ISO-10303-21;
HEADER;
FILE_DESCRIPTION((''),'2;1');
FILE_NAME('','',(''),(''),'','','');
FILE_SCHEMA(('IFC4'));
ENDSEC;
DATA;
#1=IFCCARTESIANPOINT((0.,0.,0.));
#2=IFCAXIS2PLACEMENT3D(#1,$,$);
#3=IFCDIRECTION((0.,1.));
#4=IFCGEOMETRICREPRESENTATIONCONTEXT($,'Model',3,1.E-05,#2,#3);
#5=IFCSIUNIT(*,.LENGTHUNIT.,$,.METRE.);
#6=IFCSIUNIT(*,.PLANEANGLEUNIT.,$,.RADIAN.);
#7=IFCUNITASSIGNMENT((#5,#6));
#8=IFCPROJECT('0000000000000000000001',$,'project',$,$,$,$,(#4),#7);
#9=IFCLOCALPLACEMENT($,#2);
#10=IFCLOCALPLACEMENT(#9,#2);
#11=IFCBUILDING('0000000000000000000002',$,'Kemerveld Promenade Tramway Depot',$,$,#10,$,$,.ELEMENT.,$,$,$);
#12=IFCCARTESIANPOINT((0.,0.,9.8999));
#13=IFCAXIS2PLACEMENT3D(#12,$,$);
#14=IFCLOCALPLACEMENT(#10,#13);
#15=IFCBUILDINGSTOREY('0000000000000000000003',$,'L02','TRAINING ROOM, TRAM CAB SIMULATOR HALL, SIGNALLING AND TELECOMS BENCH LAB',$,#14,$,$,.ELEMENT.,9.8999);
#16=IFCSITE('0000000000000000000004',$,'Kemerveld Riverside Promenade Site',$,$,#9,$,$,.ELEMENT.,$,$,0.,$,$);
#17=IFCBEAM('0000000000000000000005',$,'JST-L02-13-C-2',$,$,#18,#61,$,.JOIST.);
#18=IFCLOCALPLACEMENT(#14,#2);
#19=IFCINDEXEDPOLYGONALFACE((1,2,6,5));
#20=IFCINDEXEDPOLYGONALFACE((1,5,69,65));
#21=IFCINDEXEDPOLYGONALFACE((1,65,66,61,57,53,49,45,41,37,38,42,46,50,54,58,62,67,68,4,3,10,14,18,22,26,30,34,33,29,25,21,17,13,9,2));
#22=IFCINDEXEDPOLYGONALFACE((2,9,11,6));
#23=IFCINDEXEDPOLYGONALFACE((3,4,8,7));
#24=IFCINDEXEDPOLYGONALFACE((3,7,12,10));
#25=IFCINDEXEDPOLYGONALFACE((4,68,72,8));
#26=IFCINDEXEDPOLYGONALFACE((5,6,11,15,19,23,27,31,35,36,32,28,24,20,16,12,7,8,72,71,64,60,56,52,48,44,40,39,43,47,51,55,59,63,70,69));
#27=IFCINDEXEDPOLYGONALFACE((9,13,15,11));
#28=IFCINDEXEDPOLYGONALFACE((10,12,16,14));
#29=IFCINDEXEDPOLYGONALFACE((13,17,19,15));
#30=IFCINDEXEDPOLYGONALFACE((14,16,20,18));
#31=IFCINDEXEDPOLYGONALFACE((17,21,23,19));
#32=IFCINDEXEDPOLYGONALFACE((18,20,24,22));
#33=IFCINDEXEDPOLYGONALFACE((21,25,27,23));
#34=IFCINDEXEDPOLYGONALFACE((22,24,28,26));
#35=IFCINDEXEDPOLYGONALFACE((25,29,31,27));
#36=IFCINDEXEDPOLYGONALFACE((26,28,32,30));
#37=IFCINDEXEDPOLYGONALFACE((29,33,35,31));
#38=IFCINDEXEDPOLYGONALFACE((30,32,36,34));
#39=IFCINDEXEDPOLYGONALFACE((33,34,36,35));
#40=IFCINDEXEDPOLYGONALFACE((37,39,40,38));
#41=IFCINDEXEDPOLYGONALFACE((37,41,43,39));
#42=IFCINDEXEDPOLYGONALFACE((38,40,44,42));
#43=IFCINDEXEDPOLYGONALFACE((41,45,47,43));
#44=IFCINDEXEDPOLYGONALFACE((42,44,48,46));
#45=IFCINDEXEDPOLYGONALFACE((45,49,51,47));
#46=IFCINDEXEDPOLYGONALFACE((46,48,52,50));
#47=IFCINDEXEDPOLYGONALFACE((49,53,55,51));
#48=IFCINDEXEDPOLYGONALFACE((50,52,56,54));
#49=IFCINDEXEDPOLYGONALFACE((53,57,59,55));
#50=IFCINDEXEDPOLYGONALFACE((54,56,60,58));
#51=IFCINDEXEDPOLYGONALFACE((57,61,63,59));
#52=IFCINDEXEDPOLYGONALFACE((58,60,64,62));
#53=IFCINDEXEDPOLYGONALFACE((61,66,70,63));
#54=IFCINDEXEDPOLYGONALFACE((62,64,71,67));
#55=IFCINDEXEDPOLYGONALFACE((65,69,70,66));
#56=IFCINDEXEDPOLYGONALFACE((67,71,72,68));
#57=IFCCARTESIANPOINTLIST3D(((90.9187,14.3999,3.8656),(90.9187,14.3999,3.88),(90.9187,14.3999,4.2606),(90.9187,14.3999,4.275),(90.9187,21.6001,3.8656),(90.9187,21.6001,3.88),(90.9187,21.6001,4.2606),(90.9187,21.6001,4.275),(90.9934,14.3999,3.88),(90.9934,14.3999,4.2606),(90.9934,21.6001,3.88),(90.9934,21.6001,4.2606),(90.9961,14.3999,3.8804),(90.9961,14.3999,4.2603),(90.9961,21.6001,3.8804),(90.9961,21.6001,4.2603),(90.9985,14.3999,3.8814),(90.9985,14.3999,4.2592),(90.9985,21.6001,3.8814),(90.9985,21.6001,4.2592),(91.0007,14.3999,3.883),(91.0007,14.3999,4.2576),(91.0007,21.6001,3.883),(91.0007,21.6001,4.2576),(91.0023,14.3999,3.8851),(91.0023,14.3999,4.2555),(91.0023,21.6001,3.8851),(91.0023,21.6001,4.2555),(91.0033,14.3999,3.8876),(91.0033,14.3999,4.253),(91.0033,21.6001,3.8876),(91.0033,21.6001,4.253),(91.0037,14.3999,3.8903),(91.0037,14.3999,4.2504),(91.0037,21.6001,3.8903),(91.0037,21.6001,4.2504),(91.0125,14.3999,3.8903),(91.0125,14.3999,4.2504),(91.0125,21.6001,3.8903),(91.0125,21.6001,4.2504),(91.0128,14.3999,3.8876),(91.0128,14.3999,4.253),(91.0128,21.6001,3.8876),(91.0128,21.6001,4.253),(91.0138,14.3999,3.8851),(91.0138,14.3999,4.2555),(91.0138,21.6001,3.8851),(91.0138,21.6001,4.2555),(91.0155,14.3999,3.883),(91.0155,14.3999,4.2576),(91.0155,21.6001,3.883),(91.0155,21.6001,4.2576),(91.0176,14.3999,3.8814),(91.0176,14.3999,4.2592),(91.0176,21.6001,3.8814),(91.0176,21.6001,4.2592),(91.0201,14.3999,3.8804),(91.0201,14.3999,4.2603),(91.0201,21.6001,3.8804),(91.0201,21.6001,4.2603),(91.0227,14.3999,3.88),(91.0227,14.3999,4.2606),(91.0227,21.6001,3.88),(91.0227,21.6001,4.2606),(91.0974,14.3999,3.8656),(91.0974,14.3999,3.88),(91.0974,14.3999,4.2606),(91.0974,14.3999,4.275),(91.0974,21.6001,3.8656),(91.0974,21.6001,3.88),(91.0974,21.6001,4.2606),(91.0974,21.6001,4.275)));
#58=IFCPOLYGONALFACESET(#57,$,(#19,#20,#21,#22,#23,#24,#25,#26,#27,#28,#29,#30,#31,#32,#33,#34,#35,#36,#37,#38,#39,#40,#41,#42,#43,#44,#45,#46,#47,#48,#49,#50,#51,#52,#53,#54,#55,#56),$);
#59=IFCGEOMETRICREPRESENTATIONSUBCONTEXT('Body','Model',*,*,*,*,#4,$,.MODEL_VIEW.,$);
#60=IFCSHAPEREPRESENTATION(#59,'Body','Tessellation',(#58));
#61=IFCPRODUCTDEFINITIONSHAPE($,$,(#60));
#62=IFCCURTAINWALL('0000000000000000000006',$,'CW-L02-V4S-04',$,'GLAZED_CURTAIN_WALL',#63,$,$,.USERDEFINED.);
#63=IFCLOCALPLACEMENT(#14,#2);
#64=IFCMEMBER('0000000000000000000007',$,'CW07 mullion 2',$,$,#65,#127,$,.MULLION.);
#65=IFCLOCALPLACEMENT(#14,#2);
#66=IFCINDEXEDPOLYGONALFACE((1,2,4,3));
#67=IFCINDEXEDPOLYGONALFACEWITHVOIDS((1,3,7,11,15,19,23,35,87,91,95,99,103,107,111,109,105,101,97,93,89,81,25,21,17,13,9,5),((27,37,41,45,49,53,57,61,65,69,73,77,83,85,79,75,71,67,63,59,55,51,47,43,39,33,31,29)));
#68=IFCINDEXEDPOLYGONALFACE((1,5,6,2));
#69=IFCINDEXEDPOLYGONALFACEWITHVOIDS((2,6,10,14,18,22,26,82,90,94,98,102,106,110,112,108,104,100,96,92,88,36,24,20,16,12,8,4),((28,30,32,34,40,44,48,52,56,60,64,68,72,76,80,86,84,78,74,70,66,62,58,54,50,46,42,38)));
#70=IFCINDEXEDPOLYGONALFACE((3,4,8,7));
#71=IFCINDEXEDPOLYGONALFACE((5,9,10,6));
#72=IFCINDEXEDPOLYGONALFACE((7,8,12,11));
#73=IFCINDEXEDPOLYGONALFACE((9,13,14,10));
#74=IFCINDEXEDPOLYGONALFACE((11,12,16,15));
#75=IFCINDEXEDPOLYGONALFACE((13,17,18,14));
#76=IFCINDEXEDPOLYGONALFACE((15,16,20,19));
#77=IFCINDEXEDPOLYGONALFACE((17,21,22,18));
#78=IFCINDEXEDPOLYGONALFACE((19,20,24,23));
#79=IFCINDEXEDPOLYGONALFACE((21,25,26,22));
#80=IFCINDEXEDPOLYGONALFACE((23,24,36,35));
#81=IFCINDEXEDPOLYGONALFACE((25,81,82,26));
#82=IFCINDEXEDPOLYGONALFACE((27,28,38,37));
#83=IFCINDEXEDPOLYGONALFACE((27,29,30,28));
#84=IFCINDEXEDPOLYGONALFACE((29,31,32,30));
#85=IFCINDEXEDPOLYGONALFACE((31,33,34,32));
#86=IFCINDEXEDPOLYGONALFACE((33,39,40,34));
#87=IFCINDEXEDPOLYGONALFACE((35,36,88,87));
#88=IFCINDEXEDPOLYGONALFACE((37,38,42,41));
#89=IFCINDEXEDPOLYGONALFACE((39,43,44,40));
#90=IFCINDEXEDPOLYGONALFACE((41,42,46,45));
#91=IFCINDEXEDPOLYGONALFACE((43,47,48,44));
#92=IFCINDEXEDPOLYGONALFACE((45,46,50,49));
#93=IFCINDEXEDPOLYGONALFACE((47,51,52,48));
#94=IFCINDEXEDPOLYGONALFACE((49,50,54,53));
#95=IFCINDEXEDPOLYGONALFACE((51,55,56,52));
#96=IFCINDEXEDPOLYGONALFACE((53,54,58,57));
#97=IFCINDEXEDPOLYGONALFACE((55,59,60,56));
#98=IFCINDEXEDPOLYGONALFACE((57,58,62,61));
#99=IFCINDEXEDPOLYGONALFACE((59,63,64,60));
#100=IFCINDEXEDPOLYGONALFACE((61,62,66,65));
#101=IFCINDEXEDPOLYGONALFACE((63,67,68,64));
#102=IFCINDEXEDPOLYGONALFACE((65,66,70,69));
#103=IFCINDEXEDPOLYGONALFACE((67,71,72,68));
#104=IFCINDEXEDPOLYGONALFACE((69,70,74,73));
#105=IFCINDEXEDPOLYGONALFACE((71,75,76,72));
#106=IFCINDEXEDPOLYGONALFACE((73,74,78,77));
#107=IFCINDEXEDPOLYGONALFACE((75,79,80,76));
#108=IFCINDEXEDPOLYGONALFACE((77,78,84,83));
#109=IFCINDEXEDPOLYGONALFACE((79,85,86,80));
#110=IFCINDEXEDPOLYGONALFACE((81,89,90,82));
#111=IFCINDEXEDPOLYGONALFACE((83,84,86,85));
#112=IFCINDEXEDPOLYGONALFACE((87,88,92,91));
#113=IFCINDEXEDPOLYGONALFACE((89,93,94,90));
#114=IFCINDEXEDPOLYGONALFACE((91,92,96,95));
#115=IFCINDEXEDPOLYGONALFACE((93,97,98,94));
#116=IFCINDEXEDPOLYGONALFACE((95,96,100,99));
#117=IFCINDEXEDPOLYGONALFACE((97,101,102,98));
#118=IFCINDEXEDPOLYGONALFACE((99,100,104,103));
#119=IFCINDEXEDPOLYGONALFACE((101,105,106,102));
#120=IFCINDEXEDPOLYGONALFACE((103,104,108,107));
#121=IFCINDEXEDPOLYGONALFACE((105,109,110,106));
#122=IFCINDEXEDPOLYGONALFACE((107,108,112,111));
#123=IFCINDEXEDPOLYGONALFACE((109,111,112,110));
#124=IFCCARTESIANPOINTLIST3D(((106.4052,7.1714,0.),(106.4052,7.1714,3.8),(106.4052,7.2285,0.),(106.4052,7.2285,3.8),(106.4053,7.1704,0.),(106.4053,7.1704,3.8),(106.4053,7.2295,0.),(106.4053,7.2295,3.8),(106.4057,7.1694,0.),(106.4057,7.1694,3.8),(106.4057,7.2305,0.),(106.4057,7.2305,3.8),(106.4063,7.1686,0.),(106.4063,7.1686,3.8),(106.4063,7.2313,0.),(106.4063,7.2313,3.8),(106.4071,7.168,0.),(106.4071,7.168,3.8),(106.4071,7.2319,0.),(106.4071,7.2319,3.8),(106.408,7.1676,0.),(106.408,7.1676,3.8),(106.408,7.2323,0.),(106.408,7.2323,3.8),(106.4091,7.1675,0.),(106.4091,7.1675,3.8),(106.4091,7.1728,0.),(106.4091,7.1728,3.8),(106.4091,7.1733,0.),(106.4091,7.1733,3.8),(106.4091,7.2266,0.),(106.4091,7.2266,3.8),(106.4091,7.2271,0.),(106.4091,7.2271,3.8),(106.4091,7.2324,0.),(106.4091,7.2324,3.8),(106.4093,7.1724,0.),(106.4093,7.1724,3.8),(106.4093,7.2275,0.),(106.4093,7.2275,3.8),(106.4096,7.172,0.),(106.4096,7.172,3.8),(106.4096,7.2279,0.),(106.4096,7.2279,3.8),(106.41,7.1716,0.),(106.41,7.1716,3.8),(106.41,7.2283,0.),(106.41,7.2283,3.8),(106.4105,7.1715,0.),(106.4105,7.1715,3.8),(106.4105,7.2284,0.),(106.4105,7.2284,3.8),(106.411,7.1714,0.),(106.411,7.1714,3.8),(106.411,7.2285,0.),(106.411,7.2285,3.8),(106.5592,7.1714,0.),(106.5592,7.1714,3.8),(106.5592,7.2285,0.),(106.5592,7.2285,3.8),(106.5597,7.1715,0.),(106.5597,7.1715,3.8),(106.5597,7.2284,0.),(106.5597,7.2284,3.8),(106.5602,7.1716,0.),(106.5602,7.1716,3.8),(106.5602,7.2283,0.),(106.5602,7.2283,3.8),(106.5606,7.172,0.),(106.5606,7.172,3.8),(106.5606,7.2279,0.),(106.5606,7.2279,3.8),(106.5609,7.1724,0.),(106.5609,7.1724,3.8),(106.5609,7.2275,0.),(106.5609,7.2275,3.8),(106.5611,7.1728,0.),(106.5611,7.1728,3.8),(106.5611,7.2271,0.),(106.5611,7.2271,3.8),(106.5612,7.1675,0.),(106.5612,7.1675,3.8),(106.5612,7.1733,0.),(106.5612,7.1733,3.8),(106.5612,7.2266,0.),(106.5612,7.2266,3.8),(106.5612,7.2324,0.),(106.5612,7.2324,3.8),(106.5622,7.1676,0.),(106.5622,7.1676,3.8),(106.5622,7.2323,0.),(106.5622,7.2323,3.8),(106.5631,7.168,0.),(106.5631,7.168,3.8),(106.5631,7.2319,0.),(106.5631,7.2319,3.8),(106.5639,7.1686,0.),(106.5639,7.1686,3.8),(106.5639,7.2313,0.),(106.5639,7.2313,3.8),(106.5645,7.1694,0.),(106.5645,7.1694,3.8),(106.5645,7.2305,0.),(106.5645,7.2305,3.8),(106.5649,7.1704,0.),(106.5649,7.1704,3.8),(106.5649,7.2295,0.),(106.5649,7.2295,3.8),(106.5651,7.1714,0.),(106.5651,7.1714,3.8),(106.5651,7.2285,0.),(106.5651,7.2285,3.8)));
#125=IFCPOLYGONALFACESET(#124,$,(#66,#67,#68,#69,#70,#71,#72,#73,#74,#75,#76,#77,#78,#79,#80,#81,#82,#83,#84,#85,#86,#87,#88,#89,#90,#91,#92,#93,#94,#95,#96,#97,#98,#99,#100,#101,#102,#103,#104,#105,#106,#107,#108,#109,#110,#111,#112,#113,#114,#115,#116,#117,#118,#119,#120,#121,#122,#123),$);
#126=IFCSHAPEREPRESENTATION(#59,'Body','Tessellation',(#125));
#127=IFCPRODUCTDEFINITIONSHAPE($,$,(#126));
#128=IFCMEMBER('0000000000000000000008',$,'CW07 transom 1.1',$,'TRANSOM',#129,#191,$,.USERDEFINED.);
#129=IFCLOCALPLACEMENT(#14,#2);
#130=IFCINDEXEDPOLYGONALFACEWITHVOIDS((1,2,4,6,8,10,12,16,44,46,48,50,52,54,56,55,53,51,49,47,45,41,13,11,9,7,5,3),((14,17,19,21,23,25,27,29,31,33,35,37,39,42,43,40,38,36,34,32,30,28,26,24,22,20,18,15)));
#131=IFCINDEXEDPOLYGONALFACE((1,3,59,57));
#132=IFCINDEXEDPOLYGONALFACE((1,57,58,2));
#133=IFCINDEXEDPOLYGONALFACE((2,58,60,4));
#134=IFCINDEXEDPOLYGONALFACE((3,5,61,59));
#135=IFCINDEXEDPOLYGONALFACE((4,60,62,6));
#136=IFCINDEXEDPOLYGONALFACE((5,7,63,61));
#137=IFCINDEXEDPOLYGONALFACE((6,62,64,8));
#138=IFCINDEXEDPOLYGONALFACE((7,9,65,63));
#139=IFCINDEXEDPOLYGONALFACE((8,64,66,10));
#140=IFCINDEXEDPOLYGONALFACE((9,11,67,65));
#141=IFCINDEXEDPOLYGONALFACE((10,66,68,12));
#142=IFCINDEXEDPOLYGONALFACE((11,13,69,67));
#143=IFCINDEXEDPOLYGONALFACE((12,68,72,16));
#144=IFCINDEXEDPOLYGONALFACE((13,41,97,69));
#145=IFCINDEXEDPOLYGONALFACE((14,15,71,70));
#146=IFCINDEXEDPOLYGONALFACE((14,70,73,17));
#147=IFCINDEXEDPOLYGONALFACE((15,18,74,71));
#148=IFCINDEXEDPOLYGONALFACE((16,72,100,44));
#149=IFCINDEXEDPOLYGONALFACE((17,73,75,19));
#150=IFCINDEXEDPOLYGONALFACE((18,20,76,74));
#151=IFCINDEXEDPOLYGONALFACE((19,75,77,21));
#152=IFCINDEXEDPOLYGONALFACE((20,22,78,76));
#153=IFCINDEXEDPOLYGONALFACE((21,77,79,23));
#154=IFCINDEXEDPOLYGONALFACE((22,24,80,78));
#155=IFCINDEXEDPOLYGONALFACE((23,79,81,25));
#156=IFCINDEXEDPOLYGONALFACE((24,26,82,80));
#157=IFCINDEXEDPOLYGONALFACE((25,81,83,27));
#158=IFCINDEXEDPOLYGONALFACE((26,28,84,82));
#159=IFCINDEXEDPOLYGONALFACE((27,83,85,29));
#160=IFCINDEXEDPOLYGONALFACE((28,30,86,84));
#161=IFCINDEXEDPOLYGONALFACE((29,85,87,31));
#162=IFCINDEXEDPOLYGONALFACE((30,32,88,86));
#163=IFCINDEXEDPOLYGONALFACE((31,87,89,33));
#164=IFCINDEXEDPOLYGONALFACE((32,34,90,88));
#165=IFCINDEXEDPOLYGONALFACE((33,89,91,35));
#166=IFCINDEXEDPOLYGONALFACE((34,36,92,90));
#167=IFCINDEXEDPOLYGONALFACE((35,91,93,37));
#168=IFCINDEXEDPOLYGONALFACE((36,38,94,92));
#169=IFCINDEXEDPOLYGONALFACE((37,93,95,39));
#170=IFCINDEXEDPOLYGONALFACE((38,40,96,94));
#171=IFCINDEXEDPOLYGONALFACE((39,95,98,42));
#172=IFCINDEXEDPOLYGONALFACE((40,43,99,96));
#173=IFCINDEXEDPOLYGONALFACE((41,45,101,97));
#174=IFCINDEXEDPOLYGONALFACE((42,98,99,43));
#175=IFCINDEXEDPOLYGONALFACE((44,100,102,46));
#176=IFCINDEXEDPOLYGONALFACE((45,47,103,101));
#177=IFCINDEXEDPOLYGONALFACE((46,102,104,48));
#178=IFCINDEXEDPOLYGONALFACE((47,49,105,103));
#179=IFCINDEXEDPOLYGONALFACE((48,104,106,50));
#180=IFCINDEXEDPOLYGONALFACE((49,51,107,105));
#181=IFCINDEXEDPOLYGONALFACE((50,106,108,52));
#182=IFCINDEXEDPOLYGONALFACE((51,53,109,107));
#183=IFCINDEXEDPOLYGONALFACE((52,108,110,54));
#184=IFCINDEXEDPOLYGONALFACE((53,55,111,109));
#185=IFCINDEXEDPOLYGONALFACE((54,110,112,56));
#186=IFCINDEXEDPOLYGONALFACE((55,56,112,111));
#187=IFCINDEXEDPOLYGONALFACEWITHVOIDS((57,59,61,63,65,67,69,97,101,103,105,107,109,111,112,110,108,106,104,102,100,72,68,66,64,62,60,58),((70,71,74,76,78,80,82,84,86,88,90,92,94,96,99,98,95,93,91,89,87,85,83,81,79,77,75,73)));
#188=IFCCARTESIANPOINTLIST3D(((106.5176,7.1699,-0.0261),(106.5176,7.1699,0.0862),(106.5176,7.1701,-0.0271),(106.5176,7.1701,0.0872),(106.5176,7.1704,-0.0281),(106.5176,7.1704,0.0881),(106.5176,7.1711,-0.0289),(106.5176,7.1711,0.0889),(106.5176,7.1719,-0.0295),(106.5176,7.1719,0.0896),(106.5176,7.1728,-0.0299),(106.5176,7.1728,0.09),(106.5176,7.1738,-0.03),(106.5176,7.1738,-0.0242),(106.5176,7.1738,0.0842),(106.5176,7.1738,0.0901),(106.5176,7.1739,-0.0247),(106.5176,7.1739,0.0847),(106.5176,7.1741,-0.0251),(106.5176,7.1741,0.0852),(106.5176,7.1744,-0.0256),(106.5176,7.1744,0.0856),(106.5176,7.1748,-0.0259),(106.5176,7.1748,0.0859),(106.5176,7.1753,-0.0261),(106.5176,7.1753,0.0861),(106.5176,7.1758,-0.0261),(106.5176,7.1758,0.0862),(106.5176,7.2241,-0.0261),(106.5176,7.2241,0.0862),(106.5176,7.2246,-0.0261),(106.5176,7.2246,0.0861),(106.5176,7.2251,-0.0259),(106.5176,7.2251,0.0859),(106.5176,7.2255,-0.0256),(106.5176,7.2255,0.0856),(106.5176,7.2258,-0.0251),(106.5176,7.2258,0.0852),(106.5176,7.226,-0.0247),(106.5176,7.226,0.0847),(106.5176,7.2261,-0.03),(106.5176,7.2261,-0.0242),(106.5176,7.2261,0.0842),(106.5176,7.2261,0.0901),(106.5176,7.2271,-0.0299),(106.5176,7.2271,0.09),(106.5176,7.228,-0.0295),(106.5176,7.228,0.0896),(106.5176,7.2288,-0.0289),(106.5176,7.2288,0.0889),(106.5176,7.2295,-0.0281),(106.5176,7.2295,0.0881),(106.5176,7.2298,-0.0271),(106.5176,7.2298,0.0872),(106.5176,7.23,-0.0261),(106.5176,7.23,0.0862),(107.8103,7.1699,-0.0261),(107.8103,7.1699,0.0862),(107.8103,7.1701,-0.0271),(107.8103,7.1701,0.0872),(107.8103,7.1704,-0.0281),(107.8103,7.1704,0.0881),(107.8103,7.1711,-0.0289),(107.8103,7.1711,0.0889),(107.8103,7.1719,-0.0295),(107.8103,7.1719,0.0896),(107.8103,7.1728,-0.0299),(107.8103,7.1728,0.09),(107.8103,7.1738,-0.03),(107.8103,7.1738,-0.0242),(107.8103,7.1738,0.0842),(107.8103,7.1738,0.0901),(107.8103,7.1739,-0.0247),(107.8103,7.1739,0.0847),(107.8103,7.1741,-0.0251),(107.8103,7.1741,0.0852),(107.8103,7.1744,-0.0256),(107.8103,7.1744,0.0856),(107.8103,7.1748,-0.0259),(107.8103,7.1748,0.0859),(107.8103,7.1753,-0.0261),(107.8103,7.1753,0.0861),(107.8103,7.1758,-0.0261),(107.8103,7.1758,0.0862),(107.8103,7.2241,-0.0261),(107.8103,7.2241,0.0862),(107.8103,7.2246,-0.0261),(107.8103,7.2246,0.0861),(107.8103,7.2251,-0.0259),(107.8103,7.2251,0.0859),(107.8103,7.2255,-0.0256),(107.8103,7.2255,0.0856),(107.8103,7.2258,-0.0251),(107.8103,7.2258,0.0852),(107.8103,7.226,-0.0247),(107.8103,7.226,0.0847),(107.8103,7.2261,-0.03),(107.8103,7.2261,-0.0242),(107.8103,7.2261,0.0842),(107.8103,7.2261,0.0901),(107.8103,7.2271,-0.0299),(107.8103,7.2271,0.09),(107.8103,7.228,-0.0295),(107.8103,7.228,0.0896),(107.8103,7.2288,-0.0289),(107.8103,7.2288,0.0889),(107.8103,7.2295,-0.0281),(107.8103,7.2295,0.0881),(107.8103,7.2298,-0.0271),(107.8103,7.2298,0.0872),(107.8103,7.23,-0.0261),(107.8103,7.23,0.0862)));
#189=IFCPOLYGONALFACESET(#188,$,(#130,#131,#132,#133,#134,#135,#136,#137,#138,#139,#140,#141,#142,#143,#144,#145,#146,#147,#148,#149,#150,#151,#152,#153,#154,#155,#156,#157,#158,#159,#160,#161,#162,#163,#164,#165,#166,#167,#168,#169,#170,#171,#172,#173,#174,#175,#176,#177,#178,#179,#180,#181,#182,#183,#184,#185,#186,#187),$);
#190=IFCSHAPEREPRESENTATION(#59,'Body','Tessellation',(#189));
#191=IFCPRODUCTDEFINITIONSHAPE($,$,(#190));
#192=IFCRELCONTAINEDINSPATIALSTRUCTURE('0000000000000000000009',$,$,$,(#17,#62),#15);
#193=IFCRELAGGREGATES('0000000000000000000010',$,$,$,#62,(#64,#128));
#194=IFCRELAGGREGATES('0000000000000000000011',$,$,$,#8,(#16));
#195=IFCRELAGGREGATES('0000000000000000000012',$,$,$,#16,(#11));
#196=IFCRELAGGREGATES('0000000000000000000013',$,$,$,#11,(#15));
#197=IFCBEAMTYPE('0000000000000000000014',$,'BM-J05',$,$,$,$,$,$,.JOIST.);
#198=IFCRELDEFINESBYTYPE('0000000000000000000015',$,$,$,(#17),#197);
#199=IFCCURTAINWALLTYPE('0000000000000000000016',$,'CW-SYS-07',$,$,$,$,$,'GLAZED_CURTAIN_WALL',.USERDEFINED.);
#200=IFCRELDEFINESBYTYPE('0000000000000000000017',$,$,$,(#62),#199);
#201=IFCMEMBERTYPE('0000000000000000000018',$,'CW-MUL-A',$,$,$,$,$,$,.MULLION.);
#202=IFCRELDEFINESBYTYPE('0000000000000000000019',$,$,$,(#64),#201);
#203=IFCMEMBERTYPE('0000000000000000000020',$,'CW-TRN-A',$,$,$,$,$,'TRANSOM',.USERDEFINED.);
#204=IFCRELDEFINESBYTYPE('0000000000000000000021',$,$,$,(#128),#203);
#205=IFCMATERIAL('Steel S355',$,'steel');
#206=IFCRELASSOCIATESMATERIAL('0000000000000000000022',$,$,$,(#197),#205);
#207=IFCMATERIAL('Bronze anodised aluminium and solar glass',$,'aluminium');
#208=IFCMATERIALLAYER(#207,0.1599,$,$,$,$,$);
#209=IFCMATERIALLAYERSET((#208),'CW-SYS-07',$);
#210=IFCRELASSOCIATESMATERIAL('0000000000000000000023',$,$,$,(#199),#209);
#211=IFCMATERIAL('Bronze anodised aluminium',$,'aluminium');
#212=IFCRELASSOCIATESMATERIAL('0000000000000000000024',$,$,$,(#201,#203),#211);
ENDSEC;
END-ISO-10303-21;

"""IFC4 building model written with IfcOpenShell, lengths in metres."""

from ifc_helpers import new_model, si_unit, direction, frame, origin, origin_2d, place, context, subcontext, project, spatial, hollow_rectangle, i_section, extrude, material, layer, layer_set, material_profile, profile_set, type_object, element, aggregate, save


model = new_model("IFC4")

# Units and contexts
model_context = context("Model", 3, precision=1e-05, world=origin(), true_north=direction((0.0, 1.0)))
body_context = subcontext(model_context, "Body", "Model", "MODEL_VIEW")
ifc_project = project(units=[si_unit("LENGTHUNIT", "METRE"), si_unit("PLANEANGLEUNIT", "RADIAN")], contexts=[model_context])

# Site, building, storey
site_placement = place(None, origin())
site = spatial("IfcSite", under=ifc_project, at=site_placement, Name="Kemerveld Riverside Promenade Site", CompositionType="ELEMENT", RefElevation=0.0)
building_placement = place(site_placement, origin())
building = spatial("IfcBuilding", under=site, at=building_placement, Name="Kemerveld Promenade Tramway Depot", CompositionType="ELEMENT")
storey_placement = place(building_placement, frame((0.0, 0.0, 9.8999)))
storey = spatial("IfcBuildingStorey", under=building, at=storey_placement, Name="L02", Description="TRAINING ROOM, TRAM CAB SIMULATOR HALL, SIGNALLING AND TELECOMS BENCH LAB", CompositionType="ELEMENT", Elevation=9.8999)

# Shared definitions
ifc_material_1 = material(Name="Steel S355", Category="steel")

# Beam
ifc_material_profile_1 = material_profile(ifc_material_1, i_section(OverallWidth=0.1787, OverallDepth=0.4094, WebThickness=0.0088, FlangeThickness=0.0144, FilletRadius=0.0103, at=origin_2d()), Name="406x178x67 UB")
ifc_profile_set_1 = profile_set([ifc_material_profile_1], Name="Steel S355")
beam_type_1 = type_object("IfcBeamType", Name="BM-J05", PredefinedType="JOIST", material=ifc_profile_set_1)
beam_1_placement = place(storey_placement, frame((91.0081, 14.3999, 4.0703), z_axis=(0.0, 1.0, 0.0), x_axis=(-1.0, 0.0, 0.0)))
element("IfcBeam", 1, at=beam_1_placement, inside=storey, type_object=beam_type_1, Name="JST-L02-13-C-2", PredefinedType="JOIST", context=body_context, shape_type="SweptSolid", body=[
    extrude(i_section(OverallWidth=0.1787, OverallDepth=0.4094, WebThickness=0.0088, FlangeThickness=0.0144, FilletRadius=0.0103, at=origin_2d()), origin(), (0.0, 0.0, 1.0), 7.2002),
])

# Curtain wall, members
ifc_material_2 = material(Name="Bronze anodised aluminium and solar glass", Category="aluminium")
ifc_layer_1 = layer(ifc_material_2, 0.1599)
ifc_layer_set_1 = layer_set([ifc_layer_1], Name="CW-SYS-07")
curtain_wall_type = type_object("IfcCurtainWallType", Name="CW-SYS-07", ElementType="GLAZED_CURTAIN_WALL", PredefinedType="USERDEFINED", material=ifc_layer_set_1)
curtain_wall_placement = place(storey_placement, origin())
curtain_wall = element("IfcCurtainWall", 2, at=curtain_wall_placement, inside=storey, type_object=curtain_wall_type, Name="CW-L02-V4S-04", ObjectType="GLAZED_CURTAIN_WALL", PredefinedType="USERDEFINED")
ifc_material_3 = material(Name="Bronze anodised aluminium", Category="aluminium")
ifc_material_profile_2 = material_profile(ifc_material_3, hollow_rectangle(XDim=0.0649, YDim=0.1599, WallThickness=0.0039, InnerFilletRadius=0.002, OuterFilletRadius=0.0039, at=origin_2d()), Name="CW-MUL-160x65")
ifc_profile_set_2 = profile_set([ifc_material_profile_2], Name="Bronze anodised aluminium")
member_type_1 = type_object("IfcMemberType", Name="CW-MUL-A", PredefinedType="MULLION", material=ifc_profile_set_2)
member_1_placement = place(storey_placement, frame((106.4851, 7.2, 0.0), z_axis=(0.0, 0.0, 1.0), x_axis=(0.0, -1.0, 0.0)))
member_1 = element("IfcMember", 3, at=member_1_placement, type_object=member_type_1, Name="CW07 mullion 2", PredefinedType="MULLION", context=body_context, shape_type="SweptSolid", body=[
    extrude(hollow_rectangle(XDim=0.0649, YDim=0.1599, WallThickness=0.0039, InnerFilletRadius=0.002, OuterFilletRadius=0.0039, at=origin_2d()), origin(), (0.0, 0.0, 1.0), 3.8),
])
ifc_material_profile_3 = material_profile(ifc_material_3, hollow_rectangle(XDim=0.0601, YDim=0.1201, WallThickness=0.0039, InnerFilletRadius=0.002, OuterFilletRadius=0.0039, at=origin_2d()), Name="CW-TRN-120x60")
ifc_profile_set_3 = profile_set([ifc_material_profile_3], Name="Bronze anodised aluminium")
member_type_2 = type_object("IfcMemberType", Name="CW-TRN-A", ElementType="TRANSOM", PredefinedType="USERDEFINED", material=ifc_profile_set_3)
member_2_placement = place(storey_placement, frame((107.8103, 7.2, 0.03), z_axis=(-1.0, 0.0, 0.0), x_axis=(0.0, -1.0, 0.0)))
member_2 = element("IfcMember", 4, at=member_2_placement, type_object=member_type_2, Name="CW07 transom 1.1", ObjectType="TRANSOM", PredefinedType="USERDEFINED", context=body_context, shape_type="SweptSolid", body=[
    extrude(hollow_rectangle(XDim=0.0601, YDim=0.1201, WallThickness=0.0039, InnerFilletRadius=0.002, OuterFilletRadius=0.0039, at=origin_2d()), origin(), (0.0, 0.0, 1.0), 1.2927),
])

aggregate(curtain_wall, [member_1, member_2])

save(model, "model.ifc")
